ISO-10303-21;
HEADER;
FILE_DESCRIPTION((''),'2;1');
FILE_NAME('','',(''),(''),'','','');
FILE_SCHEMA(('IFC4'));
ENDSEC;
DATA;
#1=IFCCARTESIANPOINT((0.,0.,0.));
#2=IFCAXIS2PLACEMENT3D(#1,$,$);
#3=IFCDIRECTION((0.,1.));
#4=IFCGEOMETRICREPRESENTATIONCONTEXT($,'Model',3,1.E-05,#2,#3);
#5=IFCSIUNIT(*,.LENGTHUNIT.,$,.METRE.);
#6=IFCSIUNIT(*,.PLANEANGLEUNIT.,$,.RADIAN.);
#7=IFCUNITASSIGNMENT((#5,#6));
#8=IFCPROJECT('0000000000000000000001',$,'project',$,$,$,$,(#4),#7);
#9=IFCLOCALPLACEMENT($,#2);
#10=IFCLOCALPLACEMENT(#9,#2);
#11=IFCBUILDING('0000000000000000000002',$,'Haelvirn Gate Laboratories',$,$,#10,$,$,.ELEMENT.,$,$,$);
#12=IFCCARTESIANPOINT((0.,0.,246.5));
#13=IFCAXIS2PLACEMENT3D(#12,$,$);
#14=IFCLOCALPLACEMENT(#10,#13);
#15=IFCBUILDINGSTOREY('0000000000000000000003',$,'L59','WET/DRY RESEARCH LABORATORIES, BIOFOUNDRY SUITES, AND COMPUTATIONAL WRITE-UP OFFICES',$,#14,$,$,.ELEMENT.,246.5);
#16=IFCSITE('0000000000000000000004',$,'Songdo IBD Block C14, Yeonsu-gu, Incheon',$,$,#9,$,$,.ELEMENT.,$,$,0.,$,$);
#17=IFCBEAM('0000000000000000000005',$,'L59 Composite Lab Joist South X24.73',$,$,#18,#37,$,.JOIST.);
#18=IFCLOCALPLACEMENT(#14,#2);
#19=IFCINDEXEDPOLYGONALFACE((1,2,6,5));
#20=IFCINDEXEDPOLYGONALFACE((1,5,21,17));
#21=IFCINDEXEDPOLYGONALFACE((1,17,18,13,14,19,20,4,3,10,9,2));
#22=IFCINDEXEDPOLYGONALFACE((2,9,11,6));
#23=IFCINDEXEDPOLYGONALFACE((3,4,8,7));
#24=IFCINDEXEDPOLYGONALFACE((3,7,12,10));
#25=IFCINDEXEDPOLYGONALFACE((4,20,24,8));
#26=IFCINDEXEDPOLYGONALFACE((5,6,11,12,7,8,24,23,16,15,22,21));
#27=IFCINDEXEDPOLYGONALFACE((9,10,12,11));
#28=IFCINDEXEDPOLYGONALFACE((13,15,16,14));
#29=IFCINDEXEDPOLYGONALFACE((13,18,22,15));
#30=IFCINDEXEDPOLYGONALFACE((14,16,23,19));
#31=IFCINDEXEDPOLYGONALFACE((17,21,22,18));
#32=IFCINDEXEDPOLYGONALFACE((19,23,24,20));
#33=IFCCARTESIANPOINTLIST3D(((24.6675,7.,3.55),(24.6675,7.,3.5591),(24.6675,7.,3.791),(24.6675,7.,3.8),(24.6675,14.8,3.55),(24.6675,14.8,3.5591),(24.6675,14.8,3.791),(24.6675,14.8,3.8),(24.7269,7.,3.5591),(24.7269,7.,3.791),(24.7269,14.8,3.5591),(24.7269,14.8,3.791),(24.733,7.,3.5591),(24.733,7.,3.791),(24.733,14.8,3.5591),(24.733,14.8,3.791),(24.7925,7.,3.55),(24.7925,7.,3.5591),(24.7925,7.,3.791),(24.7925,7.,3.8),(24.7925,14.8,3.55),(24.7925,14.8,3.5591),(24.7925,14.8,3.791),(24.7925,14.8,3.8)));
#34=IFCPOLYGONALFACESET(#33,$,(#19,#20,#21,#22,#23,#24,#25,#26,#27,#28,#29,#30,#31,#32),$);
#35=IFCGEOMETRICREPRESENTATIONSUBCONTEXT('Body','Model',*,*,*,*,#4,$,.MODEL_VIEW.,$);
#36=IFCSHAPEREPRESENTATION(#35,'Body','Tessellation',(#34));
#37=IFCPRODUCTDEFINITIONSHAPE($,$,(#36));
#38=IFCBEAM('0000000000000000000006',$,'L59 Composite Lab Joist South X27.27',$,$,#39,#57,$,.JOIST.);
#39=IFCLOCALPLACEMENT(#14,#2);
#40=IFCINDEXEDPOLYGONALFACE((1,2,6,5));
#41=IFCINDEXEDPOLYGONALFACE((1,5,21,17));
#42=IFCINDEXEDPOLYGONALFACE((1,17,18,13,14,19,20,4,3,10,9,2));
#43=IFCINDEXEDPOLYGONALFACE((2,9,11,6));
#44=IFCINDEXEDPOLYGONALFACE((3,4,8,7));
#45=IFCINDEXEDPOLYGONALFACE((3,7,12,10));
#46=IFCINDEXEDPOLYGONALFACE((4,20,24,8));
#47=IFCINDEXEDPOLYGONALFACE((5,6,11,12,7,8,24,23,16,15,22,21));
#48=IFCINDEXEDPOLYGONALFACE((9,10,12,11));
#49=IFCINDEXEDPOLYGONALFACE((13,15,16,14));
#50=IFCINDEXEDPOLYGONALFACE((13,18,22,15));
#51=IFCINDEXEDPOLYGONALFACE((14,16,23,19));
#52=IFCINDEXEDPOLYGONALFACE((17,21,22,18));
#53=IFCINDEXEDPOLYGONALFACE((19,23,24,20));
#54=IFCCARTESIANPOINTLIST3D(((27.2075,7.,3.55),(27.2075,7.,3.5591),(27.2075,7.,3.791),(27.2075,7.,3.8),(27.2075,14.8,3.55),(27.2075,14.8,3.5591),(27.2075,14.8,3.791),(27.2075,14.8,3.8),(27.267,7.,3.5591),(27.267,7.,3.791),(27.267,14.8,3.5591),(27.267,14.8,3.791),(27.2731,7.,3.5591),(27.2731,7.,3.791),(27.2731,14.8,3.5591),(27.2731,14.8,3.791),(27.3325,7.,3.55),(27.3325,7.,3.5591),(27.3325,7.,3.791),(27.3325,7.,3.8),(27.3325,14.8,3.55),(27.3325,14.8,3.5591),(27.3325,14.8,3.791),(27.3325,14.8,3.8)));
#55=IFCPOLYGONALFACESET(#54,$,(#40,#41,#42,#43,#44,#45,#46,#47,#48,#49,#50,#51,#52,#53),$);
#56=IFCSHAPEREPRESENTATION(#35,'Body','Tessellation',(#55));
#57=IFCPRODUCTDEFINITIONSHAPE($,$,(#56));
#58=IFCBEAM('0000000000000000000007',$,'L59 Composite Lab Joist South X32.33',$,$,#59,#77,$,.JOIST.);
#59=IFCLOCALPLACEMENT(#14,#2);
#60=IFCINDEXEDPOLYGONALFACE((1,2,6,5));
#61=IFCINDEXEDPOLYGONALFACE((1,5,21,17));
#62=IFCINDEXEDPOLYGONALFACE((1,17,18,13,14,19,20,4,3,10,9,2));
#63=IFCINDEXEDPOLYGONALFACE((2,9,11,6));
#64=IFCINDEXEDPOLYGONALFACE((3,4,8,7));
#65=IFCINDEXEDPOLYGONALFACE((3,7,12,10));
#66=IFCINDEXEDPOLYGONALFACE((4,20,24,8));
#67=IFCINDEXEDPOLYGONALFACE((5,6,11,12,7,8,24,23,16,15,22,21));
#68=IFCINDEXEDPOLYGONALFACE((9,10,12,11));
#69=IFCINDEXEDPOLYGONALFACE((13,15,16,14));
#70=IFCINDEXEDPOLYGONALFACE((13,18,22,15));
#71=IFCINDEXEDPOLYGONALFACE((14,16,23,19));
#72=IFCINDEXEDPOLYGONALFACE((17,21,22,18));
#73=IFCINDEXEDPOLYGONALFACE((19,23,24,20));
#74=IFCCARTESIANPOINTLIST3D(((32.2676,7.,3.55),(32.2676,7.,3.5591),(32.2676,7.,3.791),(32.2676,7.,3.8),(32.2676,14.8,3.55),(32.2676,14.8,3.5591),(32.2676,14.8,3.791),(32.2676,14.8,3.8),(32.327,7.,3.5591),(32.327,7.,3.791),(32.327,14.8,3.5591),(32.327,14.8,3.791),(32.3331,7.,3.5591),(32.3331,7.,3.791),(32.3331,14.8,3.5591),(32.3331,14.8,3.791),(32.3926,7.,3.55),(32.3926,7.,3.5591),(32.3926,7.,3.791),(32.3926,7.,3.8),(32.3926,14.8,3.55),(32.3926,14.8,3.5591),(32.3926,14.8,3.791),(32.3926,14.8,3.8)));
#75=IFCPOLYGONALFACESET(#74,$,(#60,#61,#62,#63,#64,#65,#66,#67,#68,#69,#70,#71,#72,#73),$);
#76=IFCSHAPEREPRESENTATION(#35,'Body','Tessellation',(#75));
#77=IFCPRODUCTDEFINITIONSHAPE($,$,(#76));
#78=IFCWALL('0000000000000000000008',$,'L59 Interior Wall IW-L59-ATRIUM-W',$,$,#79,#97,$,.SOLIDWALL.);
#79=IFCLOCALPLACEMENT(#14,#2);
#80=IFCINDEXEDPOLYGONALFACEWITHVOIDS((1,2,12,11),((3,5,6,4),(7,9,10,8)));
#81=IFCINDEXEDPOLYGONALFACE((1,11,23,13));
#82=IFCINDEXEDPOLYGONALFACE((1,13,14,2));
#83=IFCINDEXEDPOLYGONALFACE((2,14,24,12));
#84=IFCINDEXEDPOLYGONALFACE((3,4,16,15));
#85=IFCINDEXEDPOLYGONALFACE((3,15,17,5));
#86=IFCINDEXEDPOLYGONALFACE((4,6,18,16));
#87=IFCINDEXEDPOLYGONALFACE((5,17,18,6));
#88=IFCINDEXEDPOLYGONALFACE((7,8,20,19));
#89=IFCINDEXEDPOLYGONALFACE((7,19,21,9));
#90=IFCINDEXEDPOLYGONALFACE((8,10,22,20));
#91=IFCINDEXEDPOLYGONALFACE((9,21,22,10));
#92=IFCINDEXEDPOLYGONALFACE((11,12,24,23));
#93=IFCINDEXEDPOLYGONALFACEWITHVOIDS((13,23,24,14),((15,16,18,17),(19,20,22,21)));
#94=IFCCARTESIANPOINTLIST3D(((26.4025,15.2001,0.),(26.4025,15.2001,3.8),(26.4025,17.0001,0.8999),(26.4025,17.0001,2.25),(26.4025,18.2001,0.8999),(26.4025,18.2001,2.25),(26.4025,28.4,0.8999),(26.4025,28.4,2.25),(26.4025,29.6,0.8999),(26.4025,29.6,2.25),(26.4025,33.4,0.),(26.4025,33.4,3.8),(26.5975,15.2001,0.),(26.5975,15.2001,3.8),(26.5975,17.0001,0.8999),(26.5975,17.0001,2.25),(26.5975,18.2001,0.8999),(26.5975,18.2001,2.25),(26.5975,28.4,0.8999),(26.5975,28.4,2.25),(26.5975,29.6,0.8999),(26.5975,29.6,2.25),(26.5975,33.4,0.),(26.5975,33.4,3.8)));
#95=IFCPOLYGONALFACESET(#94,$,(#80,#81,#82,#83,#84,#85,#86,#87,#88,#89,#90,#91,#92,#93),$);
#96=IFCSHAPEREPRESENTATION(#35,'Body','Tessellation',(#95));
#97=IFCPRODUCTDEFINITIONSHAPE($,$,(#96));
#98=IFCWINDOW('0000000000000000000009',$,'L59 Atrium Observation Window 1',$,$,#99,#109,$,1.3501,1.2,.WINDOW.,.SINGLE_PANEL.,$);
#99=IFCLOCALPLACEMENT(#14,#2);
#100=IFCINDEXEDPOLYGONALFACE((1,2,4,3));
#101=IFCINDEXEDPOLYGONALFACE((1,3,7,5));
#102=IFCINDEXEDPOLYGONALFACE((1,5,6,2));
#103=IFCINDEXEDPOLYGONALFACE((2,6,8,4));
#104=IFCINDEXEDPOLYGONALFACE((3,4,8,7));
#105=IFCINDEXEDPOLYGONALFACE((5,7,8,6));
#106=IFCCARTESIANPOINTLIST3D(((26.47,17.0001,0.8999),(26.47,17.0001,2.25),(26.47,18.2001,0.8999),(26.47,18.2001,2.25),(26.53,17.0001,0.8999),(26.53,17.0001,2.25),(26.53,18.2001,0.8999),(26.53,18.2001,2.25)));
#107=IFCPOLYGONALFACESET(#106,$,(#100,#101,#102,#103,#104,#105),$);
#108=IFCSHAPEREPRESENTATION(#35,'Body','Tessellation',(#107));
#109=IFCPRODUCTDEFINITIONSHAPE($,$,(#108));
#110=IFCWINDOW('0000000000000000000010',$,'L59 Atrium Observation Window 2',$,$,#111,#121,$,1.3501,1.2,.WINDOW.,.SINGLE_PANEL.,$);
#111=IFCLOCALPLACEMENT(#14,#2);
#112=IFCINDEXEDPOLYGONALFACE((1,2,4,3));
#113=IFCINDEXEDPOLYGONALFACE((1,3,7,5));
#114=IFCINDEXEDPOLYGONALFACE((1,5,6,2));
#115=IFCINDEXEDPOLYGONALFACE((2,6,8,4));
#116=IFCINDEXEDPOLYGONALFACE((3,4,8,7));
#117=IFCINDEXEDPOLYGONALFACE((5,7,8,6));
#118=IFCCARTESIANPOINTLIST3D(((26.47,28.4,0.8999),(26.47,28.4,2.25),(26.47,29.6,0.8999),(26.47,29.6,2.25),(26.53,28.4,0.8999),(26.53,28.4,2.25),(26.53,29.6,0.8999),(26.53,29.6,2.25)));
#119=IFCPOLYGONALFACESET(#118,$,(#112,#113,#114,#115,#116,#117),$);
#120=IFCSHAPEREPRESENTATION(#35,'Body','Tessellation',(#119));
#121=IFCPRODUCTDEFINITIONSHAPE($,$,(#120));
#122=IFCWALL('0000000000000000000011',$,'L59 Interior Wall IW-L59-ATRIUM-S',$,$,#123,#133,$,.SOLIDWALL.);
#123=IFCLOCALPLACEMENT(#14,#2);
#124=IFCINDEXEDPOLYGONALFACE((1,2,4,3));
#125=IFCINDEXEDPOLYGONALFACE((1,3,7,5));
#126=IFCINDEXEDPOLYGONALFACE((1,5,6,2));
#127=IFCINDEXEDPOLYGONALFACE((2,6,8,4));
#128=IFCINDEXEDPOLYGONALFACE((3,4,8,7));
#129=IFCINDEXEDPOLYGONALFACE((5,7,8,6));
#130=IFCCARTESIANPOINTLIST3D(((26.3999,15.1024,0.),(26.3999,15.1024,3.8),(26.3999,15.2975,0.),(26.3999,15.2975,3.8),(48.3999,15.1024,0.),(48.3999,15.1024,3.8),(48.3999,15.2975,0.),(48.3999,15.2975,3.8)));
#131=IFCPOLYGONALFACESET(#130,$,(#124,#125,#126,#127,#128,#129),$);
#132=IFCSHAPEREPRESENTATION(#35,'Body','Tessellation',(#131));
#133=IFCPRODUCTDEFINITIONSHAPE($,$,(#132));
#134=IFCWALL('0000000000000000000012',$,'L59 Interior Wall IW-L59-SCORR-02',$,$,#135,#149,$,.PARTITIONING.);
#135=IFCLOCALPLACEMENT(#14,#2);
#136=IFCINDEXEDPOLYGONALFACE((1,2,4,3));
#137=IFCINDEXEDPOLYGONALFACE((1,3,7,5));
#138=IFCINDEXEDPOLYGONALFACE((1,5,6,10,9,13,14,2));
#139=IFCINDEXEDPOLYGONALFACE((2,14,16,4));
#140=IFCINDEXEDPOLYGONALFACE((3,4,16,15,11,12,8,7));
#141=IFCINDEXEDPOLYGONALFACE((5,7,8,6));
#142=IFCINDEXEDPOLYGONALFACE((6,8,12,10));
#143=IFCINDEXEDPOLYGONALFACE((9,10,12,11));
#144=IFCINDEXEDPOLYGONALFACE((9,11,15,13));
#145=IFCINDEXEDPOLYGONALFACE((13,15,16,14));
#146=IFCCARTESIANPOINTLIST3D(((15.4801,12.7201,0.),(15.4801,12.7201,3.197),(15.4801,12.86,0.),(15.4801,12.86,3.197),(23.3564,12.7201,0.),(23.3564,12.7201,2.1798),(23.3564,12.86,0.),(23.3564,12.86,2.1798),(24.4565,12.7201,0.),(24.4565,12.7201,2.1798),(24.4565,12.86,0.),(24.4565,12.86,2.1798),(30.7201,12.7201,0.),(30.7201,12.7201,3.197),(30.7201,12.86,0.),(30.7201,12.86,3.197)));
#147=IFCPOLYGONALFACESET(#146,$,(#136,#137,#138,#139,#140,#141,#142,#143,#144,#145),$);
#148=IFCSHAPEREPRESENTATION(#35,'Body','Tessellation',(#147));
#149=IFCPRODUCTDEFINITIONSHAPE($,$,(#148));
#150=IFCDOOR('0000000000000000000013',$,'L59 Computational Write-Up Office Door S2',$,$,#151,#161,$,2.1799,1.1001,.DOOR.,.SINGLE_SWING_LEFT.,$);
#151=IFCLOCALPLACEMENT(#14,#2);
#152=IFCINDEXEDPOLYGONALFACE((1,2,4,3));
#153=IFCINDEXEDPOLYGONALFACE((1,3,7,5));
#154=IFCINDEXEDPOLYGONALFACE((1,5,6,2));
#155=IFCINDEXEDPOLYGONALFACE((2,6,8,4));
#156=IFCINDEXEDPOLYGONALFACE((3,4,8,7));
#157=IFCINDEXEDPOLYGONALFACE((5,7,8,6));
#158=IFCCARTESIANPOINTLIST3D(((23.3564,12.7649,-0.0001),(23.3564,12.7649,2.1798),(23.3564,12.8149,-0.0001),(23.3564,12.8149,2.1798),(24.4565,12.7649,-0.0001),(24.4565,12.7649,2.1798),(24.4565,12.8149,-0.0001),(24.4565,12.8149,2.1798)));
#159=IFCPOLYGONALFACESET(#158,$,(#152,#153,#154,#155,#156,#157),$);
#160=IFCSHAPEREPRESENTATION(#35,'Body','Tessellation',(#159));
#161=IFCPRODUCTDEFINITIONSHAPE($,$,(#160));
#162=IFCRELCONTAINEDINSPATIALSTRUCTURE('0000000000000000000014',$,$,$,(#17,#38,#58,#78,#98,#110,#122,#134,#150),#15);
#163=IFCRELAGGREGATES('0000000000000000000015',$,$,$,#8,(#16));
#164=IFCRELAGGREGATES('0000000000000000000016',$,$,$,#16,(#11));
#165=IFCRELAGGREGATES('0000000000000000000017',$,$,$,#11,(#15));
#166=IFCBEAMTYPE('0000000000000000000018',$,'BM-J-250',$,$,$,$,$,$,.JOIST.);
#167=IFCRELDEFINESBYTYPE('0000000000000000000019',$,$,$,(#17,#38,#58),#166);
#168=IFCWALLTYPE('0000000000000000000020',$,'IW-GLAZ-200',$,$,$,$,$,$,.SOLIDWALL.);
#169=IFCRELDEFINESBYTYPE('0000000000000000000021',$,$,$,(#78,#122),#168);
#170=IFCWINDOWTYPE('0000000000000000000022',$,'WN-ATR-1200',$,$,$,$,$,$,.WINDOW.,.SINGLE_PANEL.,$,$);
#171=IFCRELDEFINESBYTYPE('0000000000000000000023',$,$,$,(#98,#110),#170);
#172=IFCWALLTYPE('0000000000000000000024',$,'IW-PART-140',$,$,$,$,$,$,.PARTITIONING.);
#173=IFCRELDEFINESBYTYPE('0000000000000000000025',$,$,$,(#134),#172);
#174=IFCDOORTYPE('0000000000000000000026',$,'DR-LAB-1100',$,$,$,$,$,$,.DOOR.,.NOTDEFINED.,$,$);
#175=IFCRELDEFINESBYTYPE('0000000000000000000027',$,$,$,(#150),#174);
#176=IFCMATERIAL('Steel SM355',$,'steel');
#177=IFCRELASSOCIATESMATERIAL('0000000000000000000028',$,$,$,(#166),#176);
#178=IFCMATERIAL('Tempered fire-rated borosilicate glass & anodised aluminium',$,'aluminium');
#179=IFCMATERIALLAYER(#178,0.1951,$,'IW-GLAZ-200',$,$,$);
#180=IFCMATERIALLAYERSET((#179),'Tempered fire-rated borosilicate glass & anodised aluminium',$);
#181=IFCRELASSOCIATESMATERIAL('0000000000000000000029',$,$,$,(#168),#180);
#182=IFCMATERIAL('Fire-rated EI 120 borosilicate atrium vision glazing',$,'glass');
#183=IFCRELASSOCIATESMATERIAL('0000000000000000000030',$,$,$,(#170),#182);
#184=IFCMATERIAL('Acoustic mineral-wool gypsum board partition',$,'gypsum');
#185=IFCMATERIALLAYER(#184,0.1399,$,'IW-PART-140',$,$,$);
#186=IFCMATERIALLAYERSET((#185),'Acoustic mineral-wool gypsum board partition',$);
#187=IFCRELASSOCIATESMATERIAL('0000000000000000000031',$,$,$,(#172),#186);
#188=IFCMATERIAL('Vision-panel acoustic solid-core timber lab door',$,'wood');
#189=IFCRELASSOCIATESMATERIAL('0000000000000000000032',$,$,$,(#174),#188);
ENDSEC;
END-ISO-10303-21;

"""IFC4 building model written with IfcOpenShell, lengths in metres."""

from ifc_helpers import new_model, si_unit, direction, frame, frame_2d, origin, origin_2d, place, context, subcontext, project, spatial, rectangle, i_section, extrude, source, transform, mapped, material, layer, layer_set, material_profile, profile_set, type_object, type_shapes, element, fill, save


model = new_model("IFC4")

# Units and contexts
model_context = context("Model", 3, precision=1e-05, world=origin(), true_north=direction((0.0, 1.0)))
body_context = subcontext(model_context, "Body", "Model", "MODEL_VIEW")
ifc_project = project(units=[si_unit("LENGTHUNIT", "METRE"), si_unit("PLANEANGLEUNIT", "RADIAN")], contexts=[model_context])

# Site, building, storey
site_placement = place(None, origin())
site = spatial("IfcSite", under=ifc_project, at=site_placement, Name="Songdo IBD Block C14, Yeonsu-gu, Incheon", CompositionType="ELEMENT", RefElevation=0.0)
building_placement = place(site_placement, origin())
building = spatial("IfcBuilding", under=site, at=building_placement, Name="Haelvirn Gate Laboratories", CompositionType="ELEMENT")
storey_placement = place(building_placement, frame((0.0, 0.0, 246.5)))
storey = spatial("IfcBuildingStorey", under=building, at=storey_placement, Name="L59", Description="WET/DRY RESEARCH LABORATORIES, BIOFOUNDRY SUITES, AND COMPUTATIONAL WRITE-UP OFFICES", CompositionType="ELEMENT", Elevation=246.5)

# Shared definitions
ifc_material_1 = material(Name="Steel SM355", Category="steel")

# Beams
ifc_material_profile_1 = material_profile(ifc_material_1, i_section(OverallWidth=0.125, OverallDepth=0.25, WebThickness=0.0061, FlangeThickness=0.009, at=origin_2d()), Name="H-250x125x6x9")
ifc_profile_set_1 = profile_set([ifc_material_profile_1], Name="Steel SM355")
beam_type_1 = type_object("IfcBeamType", Name="BM-J-250", PredefinedType="JOIST", material=ifc_profile_set_1)
shared_shape_1 = source(origin(), body_context, "Body", "SweptSolid", [
    extrude(i_section(OverallWidth=0.125, OverallDepth=0.25, WebThickness=0.0061, FlangeThickness=0.009, at=origin_2d()), origin(), (0.0, 0.0, 1.0), 7.8),
])
type_shapes(beam_type_1, [shared_shape_1])
for number, where, z_axis, x_axis, name in (
    (1, (24.73, 7.0, 3.675), (0.0, 1.0, 0.0), (-1.0, 0.0, 0.0), "L59 Composite Lab Joist South X24.73"),
    (2, (27.27, 7.0, 3.675), (0.0, 1.0, 0.0), (-1.0, 0.0, 0.0), "L59 Composite Lab Joist South X27.27"),
    (3, (32.3301, 7.0, 3.675), (0.0, 1.0, 0.0), (-1.0, 0.0, 0.0), "L59 Composite Lab Joist South X32.33"),
):
    element("IfcBeam", number, at=place(storey_placement, frame(where, z_axis=z_axis, x_axis=x_axis)), inside=storey, type_object=beam_type_1, Name=name, PredefinedType="JOIST", context=body_context, shape_type="MappedRepresentation", body=[
        mapped(shared_shape_1, transform((0.0, 0.0, 0.0), scale=1.0)),
    ])

# Wall, openings, windows
ifc_material_2 = material(Name="Tempered fire-rated borosilicate glass & anodised aluminium", Category="aluminium")
ifc_layer_1 = layer(ifc_material_2, 0.1951, Name="IW-GLAZ-200")
ifc_layer_set_1 = layer_set([ifc_layer_1], Name="Tempered fire-rated borosilicate glass & anodised aluminium")
wall_type_1 = type_object("IfcWallType", Name="IW-GLAZ-200", PredefinedType="SOLIDWALL", material=ifc_layer_set_1)
wall_1_placement = place(storey_placement, frame((26.5, 15.2, 0.0), z_axis=(0.0, 0.0, 1.0), x_axis=(0.0, 1.0, 0.0)))
wall_1 = element("IfcWall", 4, at=wall_1_placement, inside=storey, type_object=wall_type_1, Name="L59 Interior Wall IW-L59-ATRIUM-W", PredefinedType="SOLIDWALL", context=body_context, shape_type="SweptSolid", body=[
    extrude(rectangle(XDim=18.2, YDim=0.1951, at=frame_2d((9.1001, 0.0))), origin(), (0.0, 0.0, 1.0), 3.8),
])
opening_1_placement = place(wall_1_placement, frame((1.8, 0.0, 0.8999)))
opening_1 = element("IfcOpeningElement", 5, at=opening_1_placement, cuts=wall_1, PredefinedType="OPENING", context=body_context, shape_type="SweptSolid", body=[
    extrude(rectangle(XDim=1.2, YDim=1.3501, at=frame_2d((0.6001, 0.675))), frame((0.0, 0.1074, 0.0), z_axis=(0.0, -1.0, 0.0), x_axis=(1.0, 0.0, 0.0)), (0.0, 0.0, 1.0), 0.2151),
])
opening_2_placement = place(wall_1_placement, frame((13.2, 0.0, 0.8999)))
opening_2 = element("IfcOpeningElement", 6, at=opening_2_placement, cuts=wall_1, PredefinedType="OPENING", context=body_context, shape_type="SweptSolid", body=[
    extrude(rectangle(XDim=1.2, YDim=1.3501, at=frame_2d((0.6001, 0.675))), frame((0.0, 0.1074, 0.0), z_axis=(0.0, -1.0, 0.0), x_axis=(1.0, 0.0, 0.0)), (0.0, 0.0, 1.0), 0.2151),
])
ifc_material_3 = material(Name="Fire-rated EI 120 borosilicate atrium vision glazing", Category="glass")
window_type = type_object("IfcWindowType", Name="WN-ATR-1200", PartitioningType="SINGLE_PANEL", PredefinedType="WINDOW", material=ifc_material_3)
shared_shape_2 = source(origin(), body_context, "Body", "SweptSolid", [
    extrude(rectangle(XDim=1.2, YDim=1.3501, at=frame_2d((0.6001, 0.675))), frame((0.0, 0.03, 0.0), z_axis=(0.0, -1.0, 0.0), x_axis=(1.0, 0.0, 0.0)), (0.0, 0.0, 1.0), 0.0601),
])
type_shapes(window_type, [shared_shape_2])
window_1_placement = place(opening_1_placement, origin())
window_1 = element("IfcWindow", 7, at=window_1_placement, inside=storey, type_object=window_type, Name="L59 Atrium Observation Window 1", OverallHeight=1.3501, OverallWidth=1.2, PartitioningType="SINGLE_PANEL", PredefinedType="WINDOW", context=body_context, shape_type="MappedRepresentation", body=[
    mapped(shared_shape_2, transform((0.0, 0.0, 0.0), scale=1.0)),
])
fill(opening_1, window_1)
window_2_placement = place(opening_2_placement, origin())
window_2 = element("IfcWindow", 8, at=window_2_placement, inside=storey, type_object=window_type, Name="L59 Atrium Observation Window 2", OverallHeight=1.3501, OverallWidth=1.2, PartitioningType="SINGLE_PANEL", PredefinedType="WINDOW", context=body_context, shape_type="MappedRepresentation", body=[
    mapped(shared_shape_2, transform((0.0, 0.0, 0.0), scale=1.0)),
])
fill(opening_2, window_2)

# Wall
wall_2_placement = place(storey_placement, frame((26.3999, 15.2, 0.0), z_axis=(0.0, 0.0, 1.0), x_axis=(1.0, 0.0, 0.0)))
element("IfcWall", 9, at=wall_2_placement, inside=storey, type_object=wall_type_1, Name="L59 Interior Wall IW-L59-ATRIUM-S", PredefinedType="SOLIDWALL", context=body_context, shape_type="SweptSolid", body=[
    extrude(rectangle(XDim=22.0, YDim=0.1951, at=frame_2d((11.0, 0.0))), origin(), (0.0, 0.0, 1.0), 3.8),
])

# Wall, opening, door
ifc_material_4 = material(Name="Acoustic mineral-wool gypsum board partition", Category="gypsum")
ifc_layer_2 = layer(ifc_material_4, 0.1399, Name="IW-PART-140")
ifc_layer_set_2 = layer_set([ifc_layer_2], Name="Acoustic mineral-wool gypsum board partition")
wall_type_2 = type_object("IfcWallType", Name="IW-PART-140", PredefinedType="PARTITIONING", material=ifc_layer_set_2)
wall_3_placement = place(storey_placement, frame((15.48, 12.79, 0.0), z_axis=(0.0, 0.0, 1.0), x_axis=(1.0, 0.0, 0.0)))
wall_3 = element("IfcWall", 10, at=wall_3_placement, inside=storey, type_object=wall_type_2, Name="L59 Interior Wall IW-L59-SCORR-02", PredefinedType="PARTITIONING", context=body_context, shape_type="SweptSolid", body=[
    extrude(rectangle(XDim=15.24, YDim=0.1399, at=frame_2d((7.6201, 0.0))), origin(), (0.0, 0.0, 1.0), 3.197),
])
opening_3_placement = place(wall_3_placement, frame((7.8765, 0.0, 0.0)))
opening_3 = element("IfcOpeningElement", 11, at=opening_3_placement, cuts=wall_3, PredefinedType="OPENING", context=body_context, shape_type="SweptSolid", body=[
    extrude(rectangle(XDim=1.1001, YDim=2.1799, at=frame_2d((0.55, 1.0898))), frame((0.0, 0.0801, 0.0), z_axis=(0.0, -1.0, 0.0), x_axis=(1.0, 0.0, 0.0)), (0.0, 0.0, 1.0), 0.1599),
])
ifc_material_5 = material(Name="Vision-panel acoustic solid-core timber lab door", Category="wood")
door_type_1 = type_object("IfcDoorType", Name="DR-LAB-1100", OperationType="NOTDEFINED", PredefinedType="DOOR", material=ifc_material_5)
shared_shape_3 = source(origin(), body_context, "Body", "SweptSolid", [
    extrude(rectangle(XDim=1.1001, YDim=2.1799, at=frame_2d((0.55, 1.0898))), frame((0.0, 0.0249, 0.0), z_axis=(0.0, -1.0, 0.0), x_axis=(1.0, 0.0, 0.0)), (0.0, 0.0, 1.0), 0.05),
])
type_shapes(door_type_1, [shared_shape_3])
door_1_placement = place(opening_3_placement, origin())
door_1 = element("IfcDoor", 12, at=door_1_placement, inside=storey, type_object=door_type_1, Name="L59 Computational Write-Up Office Door S2", OperationType="SINGLE_SWING_LEFT", OverallHeight=2.1799, OverallWidth=1.1001, PredefinedType="DOOR", context=body_context, shape_type="MappedRepresentation", body=[
    mapped(shared_shape_3, transform((0.0, 0.0, 0.0), scale=1.0)),
])
fill(opening_3, door_1)

save(model, "model.ifc")
